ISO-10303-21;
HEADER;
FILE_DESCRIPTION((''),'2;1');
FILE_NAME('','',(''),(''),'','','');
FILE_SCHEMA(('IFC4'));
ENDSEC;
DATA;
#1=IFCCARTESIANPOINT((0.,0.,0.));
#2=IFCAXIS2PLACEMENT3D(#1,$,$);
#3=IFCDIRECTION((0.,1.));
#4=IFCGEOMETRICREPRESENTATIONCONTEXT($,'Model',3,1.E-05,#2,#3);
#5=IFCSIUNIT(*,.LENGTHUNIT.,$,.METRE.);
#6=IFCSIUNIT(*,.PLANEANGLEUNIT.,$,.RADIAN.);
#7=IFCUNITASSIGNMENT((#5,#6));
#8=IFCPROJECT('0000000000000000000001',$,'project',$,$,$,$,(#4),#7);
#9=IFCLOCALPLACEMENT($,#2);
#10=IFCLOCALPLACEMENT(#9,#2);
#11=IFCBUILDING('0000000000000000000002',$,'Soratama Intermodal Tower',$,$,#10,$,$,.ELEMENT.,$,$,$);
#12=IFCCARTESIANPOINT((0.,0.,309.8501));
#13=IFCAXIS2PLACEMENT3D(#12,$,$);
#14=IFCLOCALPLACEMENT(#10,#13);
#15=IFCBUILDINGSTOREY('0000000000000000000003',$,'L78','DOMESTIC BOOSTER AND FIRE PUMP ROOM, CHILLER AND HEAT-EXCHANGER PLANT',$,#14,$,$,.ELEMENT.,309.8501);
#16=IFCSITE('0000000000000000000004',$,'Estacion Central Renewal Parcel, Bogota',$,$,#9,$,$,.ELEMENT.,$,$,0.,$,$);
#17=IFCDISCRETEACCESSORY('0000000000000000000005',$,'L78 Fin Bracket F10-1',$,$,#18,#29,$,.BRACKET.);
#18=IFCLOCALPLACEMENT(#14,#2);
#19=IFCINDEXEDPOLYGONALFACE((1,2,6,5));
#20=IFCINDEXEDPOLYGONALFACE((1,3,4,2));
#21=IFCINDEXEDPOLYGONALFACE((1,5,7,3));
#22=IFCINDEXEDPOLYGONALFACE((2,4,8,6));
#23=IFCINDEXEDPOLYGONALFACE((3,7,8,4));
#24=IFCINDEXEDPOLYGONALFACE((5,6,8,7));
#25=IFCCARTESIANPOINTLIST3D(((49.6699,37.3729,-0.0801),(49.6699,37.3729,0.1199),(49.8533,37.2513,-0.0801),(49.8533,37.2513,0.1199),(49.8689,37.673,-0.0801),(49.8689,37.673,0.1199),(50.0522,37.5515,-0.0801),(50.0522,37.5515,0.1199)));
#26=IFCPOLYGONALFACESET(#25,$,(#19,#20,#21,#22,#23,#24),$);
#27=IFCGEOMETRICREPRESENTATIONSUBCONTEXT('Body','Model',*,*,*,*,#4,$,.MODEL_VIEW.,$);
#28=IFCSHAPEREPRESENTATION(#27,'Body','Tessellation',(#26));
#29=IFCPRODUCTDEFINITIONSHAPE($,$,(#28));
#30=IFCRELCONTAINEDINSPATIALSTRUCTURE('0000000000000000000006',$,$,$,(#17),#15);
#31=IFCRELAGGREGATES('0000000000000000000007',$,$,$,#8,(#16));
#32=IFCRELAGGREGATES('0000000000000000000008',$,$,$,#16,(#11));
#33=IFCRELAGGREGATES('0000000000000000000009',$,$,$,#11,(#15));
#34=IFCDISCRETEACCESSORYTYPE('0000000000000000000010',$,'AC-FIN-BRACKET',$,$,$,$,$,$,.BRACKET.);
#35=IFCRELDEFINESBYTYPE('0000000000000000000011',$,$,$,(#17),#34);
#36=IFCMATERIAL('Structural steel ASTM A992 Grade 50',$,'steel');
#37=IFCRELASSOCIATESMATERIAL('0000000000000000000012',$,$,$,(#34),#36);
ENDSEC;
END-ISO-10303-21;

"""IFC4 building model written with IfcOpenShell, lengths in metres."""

from ifc_helpers import new_model, si_unit, direction, frame, origin, origin_2d, place, context, subcontext, project, spatial, rectangle, extrude, material, type_object, element, save


model = new_model("IFC4")

# Units and contexts
model_context = context("Model", 3, precision=1e-05, world=origin(), true_north=direction((0.0, 1.0)))
body_context = subcontext(model_context, "Body", "Model", "MODEL_VIEW")
ifc_project = project(units=[si_unit("LENGTHUNIT", "METRE"), si_unit("PLANEANGLEUNIT", "RADIAN")], contexts=[model_context])

# Site, building, storey
site_placement = place(None, origin())
site = spatial("IfcSite", under=ifc_project, at=site_placement, Name="Estacion Central Renewal Parcel, Bogota", CompositionType="ELEMENT", RefElevation=0.0)
building_placement = place(site_placement, origin())
building = spatial("IfcBuilding", under=site, at=building_placement, Name="Soratama Intermodal Tower", CompositionType="ELEMENT")
storey_placement = place(building_placement, frame((0.0, 0.0, 309.8501)))
storey = spatial("IfcBuildingStorey", under=building, at=storey_placement, Name="L78", Description="DOMESTIC BOOSTER AND FIRE PUMP ROOM, CHILLER AND HEAT-EXCHANGER PLANT", CompositionType="ELEMENT", Elevation=309.8501)

# Discrete accessory
ifc_material_1 = material(Name="Structural steel ASTM A992 Grade 50", Category="steel")
discrete_accessory_type = type_object("IfcDiscreteAccessoryType", Name="AC-FIN-BRACKET", PredefinedType="BRACKET", material=ifc_material_1)
for number, where, z_axis, x_axis, name in (
    (1, (49.8611, 37.4622, -0.0801), (0.0, 0.0, 1.0), (0.552519, 0.8335, 0.0), "L78 Fin Bracket F10-1"),
):
    element("IfcDiscreteAccessory", number, at=place(storey_placement, frame(where, z_axis=z_axis, x_axis=x_axis)), inside=storey, type_object=discrete_accessory_type, Name=name, PredefinedType="BRACKET", context=body_context, shape_type="SweptSolid", body=[
        extrude(rectangle(XDim=0.3601, YDim=0.22, at=origin_2d()), origin(), (0.0, 0.0, 1.0), 0.2),
    ])

save(model, "model.ifc")
